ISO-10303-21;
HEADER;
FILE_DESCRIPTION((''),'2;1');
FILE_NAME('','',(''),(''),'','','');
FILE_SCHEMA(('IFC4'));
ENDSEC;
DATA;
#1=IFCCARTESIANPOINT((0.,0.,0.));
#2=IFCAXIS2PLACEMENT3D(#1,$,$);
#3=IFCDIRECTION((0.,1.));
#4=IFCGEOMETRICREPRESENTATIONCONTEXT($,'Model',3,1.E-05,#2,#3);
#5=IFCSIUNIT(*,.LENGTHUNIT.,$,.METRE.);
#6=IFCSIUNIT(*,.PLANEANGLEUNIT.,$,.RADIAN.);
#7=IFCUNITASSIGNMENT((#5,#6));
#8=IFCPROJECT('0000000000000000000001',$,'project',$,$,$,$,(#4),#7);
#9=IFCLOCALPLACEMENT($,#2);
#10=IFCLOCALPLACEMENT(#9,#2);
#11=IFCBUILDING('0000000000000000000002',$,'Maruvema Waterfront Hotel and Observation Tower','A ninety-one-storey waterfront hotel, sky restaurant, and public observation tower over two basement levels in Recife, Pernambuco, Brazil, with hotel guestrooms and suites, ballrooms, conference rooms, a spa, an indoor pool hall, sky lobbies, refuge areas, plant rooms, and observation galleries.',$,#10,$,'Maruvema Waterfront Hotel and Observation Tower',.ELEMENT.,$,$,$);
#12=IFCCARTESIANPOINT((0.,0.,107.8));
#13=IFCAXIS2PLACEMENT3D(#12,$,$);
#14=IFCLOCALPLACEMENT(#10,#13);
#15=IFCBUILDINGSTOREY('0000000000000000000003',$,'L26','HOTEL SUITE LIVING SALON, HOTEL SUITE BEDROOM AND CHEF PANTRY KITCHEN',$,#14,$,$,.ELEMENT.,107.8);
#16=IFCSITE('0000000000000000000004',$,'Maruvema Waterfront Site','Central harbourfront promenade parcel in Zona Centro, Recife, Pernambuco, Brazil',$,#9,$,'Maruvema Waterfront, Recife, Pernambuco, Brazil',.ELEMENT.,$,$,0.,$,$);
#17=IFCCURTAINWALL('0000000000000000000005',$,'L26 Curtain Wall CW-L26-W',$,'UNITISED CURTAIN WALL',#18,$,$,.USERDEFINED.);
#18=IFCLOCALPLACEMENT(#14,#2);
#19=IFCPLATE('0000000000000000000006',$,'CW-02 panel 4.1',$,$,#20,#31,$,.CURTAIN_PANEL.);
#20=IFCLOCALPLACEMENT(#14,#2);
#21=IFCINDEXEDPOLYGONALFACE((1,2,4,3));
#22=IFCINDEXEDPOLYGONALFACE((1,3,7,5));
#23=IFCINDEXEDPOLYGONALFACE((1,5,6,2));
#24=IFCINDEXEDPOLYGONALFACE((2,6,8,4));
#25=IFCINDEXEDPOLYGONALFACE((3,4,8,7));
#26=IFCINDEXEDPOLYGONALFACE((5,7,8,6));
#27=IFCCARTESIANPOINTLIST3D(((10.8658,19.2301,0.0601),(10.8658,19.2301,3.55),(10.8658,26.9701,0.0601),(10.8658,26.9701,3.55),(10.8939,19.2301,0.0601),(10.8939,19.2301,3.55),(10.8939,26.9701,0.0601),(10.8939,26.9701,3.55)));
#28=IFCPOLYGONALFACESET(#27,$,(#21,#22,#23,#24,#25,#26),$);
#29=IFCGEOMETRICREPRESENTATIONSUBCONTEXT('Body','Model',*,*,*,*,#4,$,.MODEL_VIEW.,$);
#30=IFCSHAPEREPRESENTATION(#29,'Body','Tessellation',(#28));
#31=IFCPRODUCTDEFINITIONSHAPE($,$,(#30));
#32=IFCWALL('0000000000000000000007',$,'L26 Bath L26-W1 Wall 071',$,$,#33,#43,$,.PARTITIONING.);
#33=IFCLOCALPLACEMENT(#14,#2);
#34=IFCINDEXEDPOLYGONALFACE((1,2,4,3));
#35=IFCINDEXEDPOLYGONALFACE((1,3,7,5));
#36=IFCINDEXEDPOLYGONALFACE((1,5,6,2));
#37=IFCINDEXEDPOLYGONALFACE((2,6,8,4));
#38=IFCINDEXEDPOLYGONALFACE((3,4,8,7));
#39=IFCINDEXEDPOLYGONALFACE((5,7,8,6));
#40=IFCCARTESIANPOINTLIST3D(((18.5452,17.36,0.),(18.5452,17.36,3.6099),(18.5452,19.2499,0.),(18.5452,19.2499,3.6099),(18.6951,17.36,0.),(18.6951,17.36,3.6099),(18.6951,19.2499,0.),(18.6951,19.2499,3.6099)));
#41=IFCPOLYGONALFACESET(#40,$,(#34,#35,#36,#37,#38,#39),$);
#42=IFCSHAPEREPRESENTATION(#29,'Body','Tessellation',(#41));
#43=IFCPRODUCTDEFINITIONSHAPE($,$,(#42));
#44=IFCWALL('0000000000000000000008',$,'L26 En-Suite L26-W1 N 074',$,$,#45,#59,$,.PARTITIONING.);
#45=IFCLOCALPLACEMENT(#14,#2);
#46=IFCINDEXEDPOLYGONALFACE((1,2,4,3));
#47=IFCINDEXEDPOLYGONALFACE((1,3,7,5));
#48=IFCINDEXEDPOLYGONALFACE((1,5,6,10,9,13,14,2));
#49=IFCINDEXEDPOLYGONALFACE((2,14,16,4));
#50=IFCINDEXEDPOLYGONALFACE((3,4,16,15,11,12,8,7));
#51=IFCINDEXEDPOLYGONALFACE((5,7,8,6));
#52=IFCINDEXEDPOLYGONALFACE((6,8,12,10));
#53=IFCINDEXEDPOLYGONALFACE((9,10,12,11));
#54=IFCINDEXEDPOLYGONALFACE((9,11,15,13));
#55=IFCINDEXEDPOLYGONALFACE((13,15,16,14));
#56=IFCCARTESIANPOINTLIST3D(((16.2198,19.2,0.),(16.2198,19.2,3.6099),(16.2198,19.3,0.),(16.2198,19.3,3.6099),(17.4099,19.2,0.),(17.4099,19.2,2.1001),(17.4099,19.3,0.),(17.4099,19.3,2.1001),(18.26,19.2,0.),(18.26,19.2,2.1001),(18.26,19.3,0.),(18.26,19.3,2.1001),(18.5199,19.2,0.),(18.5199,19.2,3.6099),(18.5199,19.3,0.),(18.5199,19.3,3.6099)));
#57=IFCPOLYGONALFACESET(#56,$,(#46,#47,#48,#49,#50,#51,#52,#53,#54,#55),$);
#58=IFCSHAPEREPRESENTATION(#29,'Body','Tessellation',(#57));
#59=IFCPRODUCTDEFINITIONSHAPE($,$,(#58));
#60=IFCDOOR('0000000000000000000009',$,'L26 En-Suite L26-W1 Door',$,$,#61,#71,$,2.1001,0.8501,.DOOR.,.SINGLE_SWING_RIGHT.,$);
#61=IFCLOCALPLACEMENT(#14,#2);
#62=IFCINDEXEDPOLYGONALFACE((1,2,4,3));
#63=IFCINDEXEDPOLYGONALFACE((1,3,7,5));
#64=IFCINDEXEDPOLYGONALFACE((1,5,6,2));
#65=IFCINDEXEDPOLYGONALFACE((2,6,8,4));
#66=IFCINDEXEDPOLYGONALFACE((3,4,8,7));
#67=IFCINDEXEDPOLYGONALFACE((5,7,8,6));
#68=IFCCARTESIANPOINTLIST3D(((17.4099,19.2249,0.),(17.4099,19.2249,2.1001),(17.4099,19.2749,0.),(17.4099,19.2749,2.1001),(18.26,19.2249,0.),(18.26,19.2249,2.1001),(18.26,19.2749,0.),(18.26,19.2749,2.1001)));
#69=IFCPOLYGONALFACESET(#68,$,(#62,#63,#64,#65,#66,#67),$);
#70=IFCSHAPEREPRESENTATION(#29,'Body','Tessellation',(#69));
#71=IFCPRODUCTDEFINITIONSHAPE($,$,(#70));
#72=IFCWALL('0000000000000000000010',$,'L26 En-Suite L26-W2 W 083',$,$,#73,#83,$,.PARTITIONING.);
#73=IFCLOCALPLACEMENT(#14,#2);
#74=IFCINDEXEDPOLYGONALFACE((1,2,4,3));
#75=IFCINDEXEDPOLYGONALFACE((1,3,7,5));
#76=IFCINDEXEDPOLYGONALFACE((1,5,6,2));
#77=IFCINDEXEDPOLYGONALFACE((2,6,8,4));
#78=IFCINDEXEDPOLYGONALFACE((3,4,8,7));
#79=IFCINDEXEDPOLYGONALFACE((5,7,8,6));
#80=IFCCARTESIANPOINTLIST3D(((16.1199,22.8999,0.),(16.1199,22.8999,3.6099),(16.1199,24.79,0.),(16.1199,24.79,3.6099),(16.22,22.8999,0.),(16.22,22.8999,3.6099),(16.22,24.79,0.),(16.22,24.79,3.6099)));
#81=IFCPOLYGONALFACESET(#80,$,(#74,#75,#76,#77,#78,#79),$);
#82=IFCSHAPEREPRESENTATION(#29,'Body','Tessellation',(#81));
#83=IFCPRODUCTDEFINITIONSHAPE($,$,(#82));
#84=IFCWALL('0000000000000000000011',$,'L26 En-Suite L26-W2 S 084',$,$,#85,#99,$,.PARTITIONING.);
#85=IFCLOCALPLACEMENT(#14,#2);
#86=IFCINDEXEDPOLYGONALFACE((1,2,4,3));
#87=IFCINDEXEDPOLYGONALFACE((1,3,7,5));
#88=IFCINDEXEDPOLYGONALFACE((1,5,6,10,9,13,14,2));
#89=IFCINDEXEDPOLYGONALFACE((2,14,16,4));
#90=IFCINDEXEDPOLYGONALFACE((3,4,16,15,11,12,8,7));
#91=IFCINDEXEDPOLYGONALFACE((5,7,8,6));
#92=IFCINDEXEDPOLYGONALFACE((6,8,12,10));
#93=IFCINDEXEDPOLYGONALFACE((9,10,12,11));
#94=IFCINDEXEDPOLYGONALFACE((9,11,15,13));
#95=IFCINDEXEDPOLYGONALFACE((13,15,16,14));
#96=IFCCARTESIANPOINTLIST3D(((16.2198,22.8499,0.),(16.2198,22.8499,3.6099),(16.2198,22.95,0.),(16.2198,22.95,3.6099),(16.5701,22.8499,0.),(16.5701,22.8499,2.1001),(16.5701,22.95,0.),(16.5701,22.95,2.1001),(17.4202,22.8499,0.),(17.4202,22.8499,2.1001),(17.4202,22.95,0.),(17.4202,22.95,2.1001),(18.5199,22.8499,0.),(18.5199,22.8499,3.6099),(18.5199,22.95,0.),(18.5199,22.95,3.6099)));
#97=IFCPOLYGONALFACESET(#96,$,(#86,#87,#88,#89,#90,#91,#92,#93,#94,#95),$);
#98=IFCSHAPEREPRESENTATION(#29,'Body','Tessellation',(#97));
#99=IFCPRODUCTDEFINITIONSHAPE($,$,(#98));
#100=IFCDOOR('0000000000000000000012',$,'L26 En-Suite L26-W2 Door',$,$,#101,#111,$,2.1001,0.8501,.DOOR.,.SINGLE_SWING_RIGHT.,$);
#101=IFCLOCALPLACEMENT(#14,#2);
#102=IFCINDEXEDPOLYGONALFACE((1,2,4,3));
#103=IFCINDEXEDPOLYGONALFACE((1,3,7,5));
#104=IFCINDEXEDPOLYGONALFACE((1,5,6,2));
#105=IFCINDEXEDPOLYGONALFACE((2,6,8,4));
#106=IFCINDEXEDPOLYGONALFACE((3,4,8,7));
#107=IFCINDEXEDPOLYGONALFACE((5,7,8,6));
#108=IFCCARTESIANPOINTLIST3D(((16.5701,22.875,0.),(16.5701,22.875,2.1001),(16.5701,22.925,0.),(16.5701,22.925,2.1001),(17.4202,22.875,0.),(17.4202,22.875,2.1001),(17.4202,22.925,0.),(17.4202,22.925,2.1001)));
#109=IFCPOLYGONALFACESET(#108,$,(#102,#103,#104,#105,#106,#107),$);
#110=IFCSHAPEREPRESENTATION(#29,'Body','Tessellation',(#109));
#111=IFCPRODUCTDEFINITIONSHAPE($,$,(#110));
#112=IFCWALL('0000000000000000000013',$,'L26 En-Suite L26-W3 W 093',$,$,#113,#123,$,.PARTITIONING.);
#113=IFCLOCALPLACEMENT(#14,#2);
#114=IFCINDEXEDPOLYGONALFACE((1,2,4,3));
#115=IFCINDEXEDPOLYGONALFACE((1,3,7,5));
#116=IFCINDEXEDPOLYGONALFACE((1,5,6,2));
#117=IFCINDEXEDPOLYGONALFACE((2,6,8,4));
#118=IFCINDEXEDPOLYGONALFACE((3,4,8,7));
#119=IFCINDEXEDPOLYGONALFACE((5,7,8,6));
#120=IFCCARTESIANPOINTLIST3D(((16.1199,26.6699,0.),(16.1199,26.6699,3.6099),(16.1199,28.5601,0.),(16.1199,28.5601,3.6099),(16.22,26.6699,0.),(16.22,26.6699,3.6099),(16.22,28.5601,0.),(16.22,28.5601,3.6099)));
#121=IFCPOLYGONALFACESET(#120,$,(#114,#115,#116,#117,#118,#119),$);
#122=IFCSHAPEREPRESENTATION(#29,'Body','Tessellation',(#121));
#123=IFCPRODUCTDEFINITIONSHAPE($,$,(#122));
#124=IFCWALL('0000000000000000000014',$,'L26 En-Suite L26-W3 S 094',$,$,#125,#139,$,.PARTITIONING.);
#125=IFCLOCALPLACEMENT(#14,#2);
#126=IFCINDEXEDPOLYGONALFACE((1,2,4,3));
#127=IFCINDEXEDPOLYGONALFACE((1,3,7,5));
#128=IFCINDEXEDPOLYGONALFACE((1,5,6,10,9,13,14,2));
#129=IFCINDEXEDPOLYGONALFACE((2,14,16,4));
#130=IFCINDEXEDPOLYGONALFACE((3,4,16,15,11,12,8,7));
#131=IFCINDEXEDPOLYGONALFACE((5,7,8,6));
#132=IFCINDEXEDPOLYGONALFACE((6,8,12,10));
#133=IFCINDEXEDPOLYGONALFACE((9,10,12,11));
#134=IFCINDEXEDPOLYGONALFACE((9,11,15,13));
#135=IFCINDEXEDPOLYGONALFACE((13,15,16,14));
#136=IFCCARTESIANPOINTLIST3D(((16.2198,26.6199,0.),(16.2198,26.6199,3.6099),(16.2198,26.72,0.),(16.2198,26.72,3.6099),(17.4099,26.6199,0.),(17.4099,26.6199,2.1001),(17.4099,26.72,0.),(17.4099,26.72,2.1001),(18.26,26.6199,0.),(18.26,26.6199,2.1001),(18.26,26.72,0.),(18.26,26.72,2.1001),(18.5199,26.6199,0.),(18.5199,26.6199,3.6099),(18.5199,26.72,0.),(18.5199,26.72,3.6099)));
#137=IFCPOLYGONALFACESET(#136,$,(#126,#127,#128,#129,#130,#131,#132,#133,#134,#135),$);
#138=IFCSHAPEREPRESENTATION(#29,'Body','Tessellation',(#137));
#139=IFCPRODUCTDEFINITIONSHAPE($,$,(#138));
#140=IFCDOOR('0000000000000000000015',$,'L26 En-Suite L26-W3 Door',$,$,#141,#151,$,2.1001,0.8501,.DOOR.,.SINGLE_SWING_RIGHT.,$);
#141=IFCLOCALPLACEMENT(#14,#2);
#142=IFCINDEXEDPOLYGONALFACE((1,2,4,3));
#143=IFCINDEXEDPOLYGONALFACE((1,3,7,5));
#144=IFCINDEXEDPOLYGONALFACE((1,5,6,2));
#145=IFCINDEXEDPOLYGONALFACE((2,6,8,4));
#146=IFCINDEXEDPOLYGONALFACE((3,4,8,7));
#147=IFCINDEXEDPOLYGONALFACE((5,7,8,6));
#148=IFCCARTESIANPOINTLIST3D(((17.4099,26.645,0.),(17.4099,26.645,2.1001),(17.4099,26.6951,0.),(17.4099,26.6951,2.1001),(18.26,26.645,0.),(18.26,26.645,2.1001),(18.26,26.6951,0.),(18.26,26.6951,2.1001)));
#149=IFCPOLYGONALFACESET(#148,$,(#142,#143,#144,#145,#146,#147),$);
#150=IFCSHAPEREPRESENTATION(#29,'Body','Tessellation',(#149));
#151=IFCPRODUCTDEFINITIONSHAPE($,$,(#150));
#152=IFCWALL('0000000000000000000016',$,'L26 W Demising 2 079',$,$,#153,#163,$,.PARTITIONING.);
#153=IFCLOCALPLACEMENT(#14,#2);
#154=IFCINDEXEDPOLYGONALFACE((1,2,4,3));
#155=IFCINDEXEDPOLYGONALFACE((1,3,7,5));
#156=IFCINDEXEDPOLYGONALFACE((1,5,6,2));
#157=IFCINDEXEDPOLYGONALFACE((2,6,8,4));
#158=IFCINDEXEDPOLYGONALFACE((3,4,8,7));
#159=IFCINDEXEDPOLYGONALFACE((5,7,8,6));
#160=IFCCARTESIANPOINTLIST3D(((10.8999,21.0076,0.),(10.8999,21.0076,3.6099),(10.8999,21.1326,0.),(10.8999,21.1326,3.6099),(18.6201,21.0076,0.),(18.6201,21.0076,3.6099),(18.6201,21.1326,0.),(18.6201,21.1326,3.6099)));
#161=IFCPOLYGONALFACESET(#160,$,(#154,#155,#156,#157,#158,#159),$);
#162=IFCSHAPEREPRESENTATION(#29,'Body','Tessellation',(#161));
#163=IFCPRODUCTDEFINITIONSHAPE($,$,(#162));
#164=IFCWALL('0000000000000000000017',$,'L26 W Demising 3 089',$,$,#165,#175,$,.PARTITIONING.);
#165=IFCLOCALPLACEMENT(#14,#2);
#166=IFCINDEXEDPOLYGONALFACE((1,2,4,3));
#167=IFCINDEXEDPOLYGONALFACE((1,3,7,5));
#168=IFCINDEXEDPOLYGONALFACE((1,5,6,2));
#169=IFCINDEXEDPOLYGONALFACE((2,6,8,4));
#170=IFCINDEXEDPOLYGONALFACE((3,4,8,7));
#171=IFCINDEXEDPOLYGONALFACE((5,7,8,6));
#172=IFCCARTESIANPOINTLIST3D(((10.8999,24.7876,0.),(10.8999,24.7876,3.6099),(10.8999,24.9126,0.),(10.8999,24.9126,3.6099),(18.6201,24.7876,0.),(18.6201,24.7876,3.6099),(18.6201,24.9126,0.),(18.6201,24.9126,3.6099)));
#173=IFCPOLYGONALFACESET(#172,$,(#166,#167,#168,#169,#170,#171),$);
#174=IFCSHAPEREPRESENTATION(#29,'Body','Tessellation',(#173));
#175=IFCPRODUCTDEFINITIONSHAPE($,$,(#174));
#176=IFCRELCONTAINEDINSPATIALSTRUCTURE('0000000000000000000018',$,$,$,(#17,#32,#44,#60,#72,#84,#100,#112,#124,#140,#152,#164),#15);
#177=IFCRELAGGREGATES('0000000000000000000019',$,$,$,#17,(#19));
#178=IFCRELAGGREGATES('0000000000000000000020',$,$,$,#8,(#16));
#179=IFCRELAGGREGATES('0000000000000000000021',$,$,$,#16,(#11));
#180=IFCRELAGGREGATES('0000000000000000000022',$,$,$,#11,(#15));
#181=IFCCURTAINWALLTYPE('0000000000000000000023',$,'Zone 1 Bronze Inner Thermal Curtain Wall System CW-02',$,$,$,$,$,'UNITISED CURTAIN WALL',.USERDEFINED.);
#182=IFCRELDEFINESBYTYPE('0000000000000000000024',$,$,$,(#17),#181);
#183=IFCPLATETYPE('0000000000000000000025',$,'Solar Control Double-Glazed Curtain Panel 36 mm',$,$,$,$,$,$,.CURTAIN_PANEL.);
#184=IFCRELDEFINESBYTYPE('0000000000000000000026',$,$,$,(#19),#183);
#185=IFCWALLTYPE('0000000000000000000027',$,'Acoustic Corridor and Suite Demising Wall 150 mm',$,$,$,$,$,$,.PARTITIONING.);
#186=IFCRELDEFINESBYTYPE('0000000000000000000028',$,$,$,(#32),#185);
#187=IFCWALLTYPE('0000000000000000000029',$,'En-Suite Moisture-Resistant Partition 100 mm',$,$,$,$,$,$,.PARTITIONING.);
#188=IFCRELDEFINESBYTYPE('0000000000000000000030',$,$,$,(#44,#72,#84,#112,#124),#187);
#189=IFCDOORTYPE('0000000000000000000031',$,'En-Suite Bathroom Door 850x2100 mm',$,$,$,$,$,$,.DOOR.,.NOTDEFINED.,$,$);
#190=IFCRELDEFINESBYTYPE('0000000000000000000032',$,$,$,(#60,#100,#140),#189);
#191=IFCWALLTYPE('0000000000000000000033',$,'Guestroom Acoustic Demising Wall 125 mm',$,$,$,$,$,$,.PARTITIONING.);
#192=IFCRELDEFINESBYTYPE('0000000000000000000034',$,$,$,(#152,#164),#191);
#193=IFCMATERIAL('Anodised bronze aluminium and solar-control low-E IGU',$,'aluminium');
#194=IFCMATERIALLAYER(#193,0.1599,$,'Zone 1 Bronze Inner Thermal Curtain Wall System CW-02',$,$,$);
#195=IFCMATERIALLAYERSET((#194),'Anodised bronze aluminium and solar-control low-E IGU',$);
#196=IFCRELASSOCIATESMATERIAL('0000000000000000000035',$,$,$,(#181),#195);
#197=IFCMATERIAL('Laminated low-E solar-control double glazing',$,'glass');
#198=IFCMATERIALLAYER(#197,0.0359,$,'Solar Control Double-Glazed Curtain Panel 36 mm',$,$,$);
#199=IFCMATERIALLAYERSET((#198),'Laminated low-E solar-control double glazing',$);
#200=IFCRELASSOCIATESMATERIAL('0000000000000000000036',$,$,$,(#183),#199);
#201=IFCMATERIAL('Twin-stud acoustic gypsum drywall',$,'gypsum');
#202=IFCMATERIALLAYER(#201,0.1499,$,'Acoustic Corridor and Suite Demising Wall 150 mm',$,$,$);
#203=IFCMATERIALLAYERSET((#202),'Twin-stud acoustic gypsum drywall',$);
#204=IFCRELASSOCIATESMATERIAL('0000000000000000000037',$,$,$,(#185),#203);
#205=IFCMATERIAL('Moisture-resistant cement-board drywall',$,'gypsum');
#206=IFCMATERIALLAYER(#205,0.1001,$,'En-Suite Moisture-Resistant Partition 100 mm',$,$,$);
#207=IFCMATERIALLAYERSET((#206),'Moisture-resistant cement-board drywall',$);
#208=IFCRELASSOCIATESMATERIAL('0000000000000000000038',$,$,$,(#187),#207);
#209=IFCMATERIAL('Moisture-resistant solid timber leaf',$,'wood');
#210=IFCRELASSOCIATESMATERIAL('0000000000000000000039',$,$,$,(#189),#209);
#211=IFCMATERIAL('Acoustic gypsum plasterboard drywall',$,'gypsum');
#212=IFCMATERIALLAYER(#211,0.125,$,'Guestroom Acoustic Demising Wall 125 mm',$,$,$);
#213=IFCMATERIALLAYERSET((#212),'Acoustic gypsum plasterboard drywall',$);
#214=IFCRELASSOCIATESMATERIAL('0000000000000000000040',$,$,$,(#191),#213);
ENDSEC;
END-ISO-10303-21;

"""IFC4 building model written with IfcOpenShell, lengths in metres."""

from ifc_helpers import new_model, si_unit, direction, frame, frame_2d, origin, origin_2d, place, context, subcontext, project, spatial, rectangle, extrude, material, layer, layer_set, type_object, element, fill, aggregate, save


model = new_model("IFC4")

# Units and contexts
model_context = context("Model", 3, precision=1e-05, world=origin(), true_north=direction((0.0, 1.0)))
body_context = subcontext(model_context, "Body", "Model", "MODEL_VIEW")
ifc_project = project(units=[si_unit("LENGTHUNIT", "METRE"), si_unit("PLANEANGLEUNIT", "RADIAN")], contexts=[model_context])

# Site, building, storey
site_placement = place(None, origin())
site = spatial("IfcSite", under=ifc_project, at=site_placement, Name="Maruvema Waterfront Site", Description="Central harbourfront promenade parcel in Zona Centro, Recife, Pernambuco, Brazil", LongName="Maruvema Waterfront, Recife, Pernambuco, Brazil", CompositionType="ELEMENT", RefElevation=0.0)
building_placement = place(site_placement, origin())
building = spatial("IfcBuilding", under=site, at=building_placement, Name="Maruvema Waterfront Hotel and Observation Tower", Description="A ninety-one-storey waterfront hotel, sky restaurant, and public observation tower over two basement levels in Recife, Pernambuco, Brazil, with hotel guestrooms and suites, ballrooms, conference rooms, a spa, an indoor pool hall, sky lobbies, refuge areas, plant rooms, and observation galleries.", LongName="Maruvema Waterfront Hotel and Observation Tower", CompositionType="ELEMENT")
storey_placement = place(building_placement, frame((0.0, 0.0, 107.8)))
storey = spatial("IfcBuildingStorey", under=building, at=storey_placement, Name="L26", Description="HOTEL SUITE LIVING SALON, HOTEL SUITE BEDROOM AND CHEF PANTRY KITCHEN", CompositionType="ELEMENT", Elevation=107.8)

# Curtain wall
ifc_material_1 = material(Name="Anodised bronze aluminium and solar-control low-E IGU", Category="aluminium")
ifc_layer_1 = layer(ifc_material_1, 0.1599, Name="Zone 1 Bronze Inner Thermal Curtain Wall System CW-02")
ifc_layer_set_1 = layer_set([ifc_layer_1], Name="Anodised bronze aluminium and solar-control low-E IGU")
curtain_wall_type = type_object("IfcCurtainWallType", Name="Zone 1 Bronze Inner Thermal Curtain Wall System CW-02", ElementType="UNITISED CURTAIN WALL", PredefinedType="USERDEFINED", material=ifc_layer_set_1)
curtain_wall_placement = place(storey_placement, origin())
curtain_wall = element("IfcCurtainWall", 1, at=curtain_wall_placement, inside=storey, type_object=curtain_wall_type, Name="L26 Curtain Wall CW-L26-W", ObjectType="UNITISED CURTAIN WALL", PredefinedType="USERDEFINED")

# Plate
ifc_material_2 = material(Name="Laminated low-E solar-control double glazing", Category="glass")
ifc_layer_2 = layer(ifc_material_2, 0.0359, Name="Solar Control Double-Glazed Curtain Panel 36 mm")
ifc_layer_set_2 = layer_set([ifc_layer_2], Name="Laminated low-E solar-control double glazing")
plate_type = type_object("IfcPlateType", Name="Solar Control Double-Glazed Curtain Panel 36 mm", PredefinedType="CURTAIN_PANEL", material=ifc_layer_set_2)
plate_placement = place(storey_placement, frame((10.8799, 23.1001, 0.0601), z_axis=(0.0, 0.0, 1.0), x_axis=(0.0, -1.0, 0.0)))
plate = element("IfcPlate", 2, at=plate_placement, type_object=plate_type, Name="CW-02 panel 4.1", PredefinedType="CURTAIN_PANEL", context=body_context, shape_type="SweptSolid", body=[
    extrude(rectangle(XDim=7.74, YDim=0.0281, at=origin_2d()), origin(), (0.0, 0.0, 1.0), 3.49),
])
aggregate(curtain_wall, [plate])

# Wall
ifc_material_3 = material(Name="Twin-stud acoustic gypsum drywall", Category="gypsum")
ifc_layer_3 = layer(ifc_material_3, 0.1499, Name="Acoustic Corridor and Suite Demising Wall 150 mm")
ifc_layer_set_3 = layer_set([ifc_layer_3], Name="Twin-stud acoustic gypsum drywall")
wall_type_1 = type_object("IfcWallType", Name="Acoustic Corridor and Suite Demising Wall 150 mm", PredefinedType="PARTITIONING", material=ifc_layer_set_3)
wall_1_placement = place(storey_placement, frame((18.6201, 17.3601, 0.0), z_axis=(0.0, 0.0, 1.0), x_axis=(0.0, 1.0, 0.0)))
element("IfcWall", 3, at=wall_1_placement, inside=storey, type_object=wall_type_1, Name="L26 Bath L26-W1 Wall 071", PredefinedType="PARTITIONING", context=body_context, shape_type="SweptSolid", body=[
    extrude(rectangle(XDim=1.8899, YDim=0.1499, at=frame_2d((0.9448, 0.0))), origin(), (0.0, 0.0, 1.0), 3.6099),
])

# Wall, opening, door
ifc_material_4 = material(Name="Moisture-resistant cement-board drywall", Category="gypsum")
ifc_layer_4 = layer(ifc_material_4, 0.1001, Name="En-Suite Moisture-Resistant Partition 100 mm")
ifc_layer_set_4 = layer_set([ifc_layer_4], Name="Moisture-resistant cement-board drywall")
wall_type_2 = type_object("IfcWallType", Name="En-Suite Moisture-Resistant Partition 100 mm", PredefinedType="PARTITIONING", material=ifc_layer_set_4)
wall_2_placement = place(storey_placement, frame((16.22, 19.25, 0.0), z_axis=(0.0, 0.0, 1.0), x_axis=(1.0, 0.0, 0.0)))
wall_2 = element("IfcWall", 4, at=wall_2_placement, inside=storey, type_object=wall_type_2, Name="L26 En-Suite L26-W1 N 074", PredefinedType="PARTITIONING", context=body_context, shape_type="SweptSolid", body=[
    extrude(rectangle(XDim=2.3, YDim=0.1001, at=frame_2d((1.1499, 0.0))), origin(), (0.0, 0.0, 1.0), 3.6099),
])
opening_1_placement = place(wall_2_placement, frame((1.1899, 0.0, 0.0)))
opening_1 = element("IfcOpeningElement", 5, at=opening_1_placement, cuts=wall_2, PredefinedType="OPENING", context=body_context, shape_type="SweptSolid", body=[
    extrude(rectangle(XDim=0.8501, YDim=2.1001, at=frame_2d((0.425, 1.05))), frame((0.0, 0.0601, 0.0), z_axis=(0.0, -1.0, 0.0), x_axis=(1.0, 0.0, 0.0)), (0.0, 0.0, 1.0), 0.1201),
])
ifc_material_5 = material(Name="Moisture-resistant solid timber leaf", Category="wood")
door_type_1 = type_object("IfcDoorType", Name="En-Suite Bathroom Door 850x2100 mm", OperationType="NOTDEFINED", PredefinedType="DOOR", material=ifc_material_5)
door_1_placement = place(opening_1_placement, origin())
door_1 = element("IfcDoor", 6, at=door_1_placement, inside=storey, type_object=door_type_1, Name="L26 En-Suite L26-W1 Door", OperationType="SINGLE_SWING_RIGHT", OverallHeight=2.1001, OverallWidth=0.8501, PredefinedType="DOOR", context=body_context, shape_type="SweptSolid", body=[
    extrude(rectangle(XDim=0.8501, YDim=2.1001, at=frame_2d((0.425, 1.05))), frame((0.0, 0.0249, 0.0), z_axis=(0.0, -1.0, 0.0), x_axis=(1.0, 0.0, 0.0)), (0.0, 0.0, 1.0), 0.05),
])
fill(opening_1, door_1)

# Wall
wall_3_placement = place(storey_placement, frame((16.1699, 22.8999, 0.0), z_axis=(0.0, 0.0, 1.0), x_axis=(0.0, 1.0, 0.0)))
element("IfcWall", 7, at=wall_3_placement, inside=storey, type_object=wall_type_2, Name="L26 En-Suite L26-W2 W 083", PredefinedType="PARTITIONING", context=body_context, shape_type="SweptSolid", body=[
    extrude(rectangle(XDim=1.8901, YDim=0.1001, at=frame_2d((0.9451, 0.0))), origin(), (0.0, 0.0, 1.0), 3.6099),
])

# Wall, opening, door
wall_4_placement = place(storey_placement, frame((16.22, 22.8999, 0.0), z_axis=(0.0, 0.0, 1.0), x_axis=(1.0, 0.0, 0.0)))
wall_4 = element("IfcWall", 8, at=wall_4_placement, inside=storey, type_object=wall_type_2, Name="L26 En-Suite L26-W2 S 084", PredefinedType="PARTITIONING", context=body_context, shape_type="SweptSolid", body=[
    extrude(rectangle(XDim=2.3, YDim=0.1001, at=frame_2d((1.1499, 0.0))), origin(), (0.0, 0.0, 1.0), 3.6099),
])
opening_2_placement = place(wall_4_placement, frame((0.3501, 0.0, 0.0)))
opening_2 = element("IfcOpeningElement", 9, at=opening_2_placement, cuts=wall_4, PredefinedType="OPENING", context=body_context, shape_type="SweptSolid", body=[
    extrude(rectangle(XDim=0.8501, YDim=2.1001, at=frame_2d((0.425, 1.05))), frame((0.0, 0.0601, 0.0), z_axis=(0.0, -1.0, 0.0), x_axis=(1.0, 0.0, 0.0)), (0.0, 0.0, 1.0), 0.1201),
])
door_2_placement = place(opening_2_placement, frame((0.8501, 0.0, 0.0), z_axis=(0.0, 0.0, 1.0), x_axis=(-1.0, 0.0, 0.0)))
door_2 = element("IfcDoor", 10, at=door_2_placement, inside=storey, type_object=door_type_1, Name="L26 En-Suite L26-W2 Door", OperationType="SINGLE_SWING_RIGHT", OverallHeight=2.1001, OverallWidth=0.8501, PredefinedType="DOOR", context=body_context, shape_type="SweptSolid", body=[
    extrude(rectangle(XDim=0.8501, YDim=2.1001, at=frame_2d((0.425, 1.05))), frame((0.0, 0.0249, 0.0), z_axis=(0.0, -1.0, 0.0), x_axis=(1.0, 0.0, 0.0)), (0.0, 0.0, 1.0), 0.05),
])
fill(opening_2, door_2)

# Wall
wall_5_placement = place(storey_placement, frame((16.1699, 26.6699, 0.0), z_axis=(0.0, 0.0, 1.0), x_axis=(0.0, 1.0, 0.0)))
element("IfcWall", 11, at=wall_5_placement, inside=storey, type_object=wall_type_2, Name="L26 En-Suite L26-W3 W 093", PredefinedType="PARTITIONING", context=body_context, shape_type="SweptSolid", body=[
    extrude(rectangle(XDim=1.8901, YDim=0.1001, at=frame_2d((0.9451, 0.0))), origin(), (0.0, 0.0, 1.0), 3.6099),
])

# Wall, opening, door
wall_6_placement = place(storey_placement, frame((16.22, 26.6699, 0.0), z_axis=(0.0, 0.0, 1.0), x_axis=(1.0, 0.0, 0.0)))
wall_6 = element("IfcWall", 12, at=wall_6_placement, inside=storey, type_object=wall_type_2, Name="L26 En-Suite L26-W3 S 094", PredefinedType="PARTITIONING", context=body_context, shape_type="SweptSolid", body=[
    extrude(rectangle(XDim=2.3, YDim=0.1001, at=frame_2d((1.1499, 0.0))), origin(), (0.0, 0.0, 1.0), 3.6099),
])
opening_3_placement = place(wall_6_placement, frame((1.1899, 0.0, 0.0)))
opening_3 = element("IfcOpeningElement", 13, at=opening_3_placement, cuts=wall_6, PredefinedType="OPENING", context=body_context, shape_type="SweptSolid", body=[
    extrude(rectangle(XDim=0.8501, YDim=2.1001, at=frame_2d((0.425, 1.05))), frame((0.0, 0.0601, 0.0), z_axis=(0.0, -1.0, 0.0), x_axis=(1.0, 0.0, 0.0)), (0.0, 0.0, 1.0), 0.1201),
])
door_3_placement = place(opening_3_placement, frame((0.8501, 0.0, 0.0), z_axis=(0.0, 0.0, 1.0), x_axis=(-1.0, 0.0, 0.0)))
door_3 = element("IfcDoor", 14, at=door_3_placement, inside=storey, type_object=door_type_1, Name="L26 En-Suite L26-W3 Door", OperationType="SINGLE_SWING_RIGHT", OverallHeight=2.1001, OverallWidth=0.8501, PredefinedType="DOOR", context=body_context, shape_type="SweptSolid", body=[
    extrude(rectangle(XDim=0.8501, YDim=2.1001, at=frame_2d((0.425, 1.05))), frame((0.0, 0.0249, 0.0), z_axis=(0.0, -1.0, 0.0), x_axis=(1.0, 0.0, 0.0)), (0.0, 0.0, 1.0), 0.05),
])
fill(opening_3, door_3)

# Walls
ifc_material_6 = material(Name="Acoustic gypsum plasterboard drywall", Category="gypsum")
ifc_layer_5 = layer(ifc_material_6, 0.125, Name="Guestroom Acoustic Demising Wall 125 mm")
ifc_layer_set_5 = layer_set([ifc_layer_5], Name="Acoustic gypsum plasterboard drywall")
wall_type_3 = type_object("IfcWallType", Name="Guestroom Acoustic Demising Wall 125 mm", PredefinedType="PARTITIONING", material=ifc_layer_set_5)
for number, where, z_axis, x_axis, name in (
    (15, (10.8999, 21.0701, 0.0), (0.0, 0.0, 1.0), (1.0, 0.0, 0.0), "L26 W Demising 2 079"),
    (16, (10.8999, 24.8501, 0.0), (0.0, 0.0, 1.0), (1.0, 0.0, 0.0), "L26 W Demising 3 089"),
):
    element("IfcWall", number, at=place(storey_placement, frame(where, z_axis=z_axis, x_axis=x_axis)), inside=storey, type_object=wall_type_3, Name=name, PredefinedType="PARTITIONING", context=body_context, shape_type="SweptSolid", body=[
        extrude(rectangle(XDim=7.7202, YDim=0.125, at=frame_2d((3.8601, 0.0))), origin(), (0.0, 0.0, 1.0), 3.6099),
    ])

save(model, "model.ifc")
